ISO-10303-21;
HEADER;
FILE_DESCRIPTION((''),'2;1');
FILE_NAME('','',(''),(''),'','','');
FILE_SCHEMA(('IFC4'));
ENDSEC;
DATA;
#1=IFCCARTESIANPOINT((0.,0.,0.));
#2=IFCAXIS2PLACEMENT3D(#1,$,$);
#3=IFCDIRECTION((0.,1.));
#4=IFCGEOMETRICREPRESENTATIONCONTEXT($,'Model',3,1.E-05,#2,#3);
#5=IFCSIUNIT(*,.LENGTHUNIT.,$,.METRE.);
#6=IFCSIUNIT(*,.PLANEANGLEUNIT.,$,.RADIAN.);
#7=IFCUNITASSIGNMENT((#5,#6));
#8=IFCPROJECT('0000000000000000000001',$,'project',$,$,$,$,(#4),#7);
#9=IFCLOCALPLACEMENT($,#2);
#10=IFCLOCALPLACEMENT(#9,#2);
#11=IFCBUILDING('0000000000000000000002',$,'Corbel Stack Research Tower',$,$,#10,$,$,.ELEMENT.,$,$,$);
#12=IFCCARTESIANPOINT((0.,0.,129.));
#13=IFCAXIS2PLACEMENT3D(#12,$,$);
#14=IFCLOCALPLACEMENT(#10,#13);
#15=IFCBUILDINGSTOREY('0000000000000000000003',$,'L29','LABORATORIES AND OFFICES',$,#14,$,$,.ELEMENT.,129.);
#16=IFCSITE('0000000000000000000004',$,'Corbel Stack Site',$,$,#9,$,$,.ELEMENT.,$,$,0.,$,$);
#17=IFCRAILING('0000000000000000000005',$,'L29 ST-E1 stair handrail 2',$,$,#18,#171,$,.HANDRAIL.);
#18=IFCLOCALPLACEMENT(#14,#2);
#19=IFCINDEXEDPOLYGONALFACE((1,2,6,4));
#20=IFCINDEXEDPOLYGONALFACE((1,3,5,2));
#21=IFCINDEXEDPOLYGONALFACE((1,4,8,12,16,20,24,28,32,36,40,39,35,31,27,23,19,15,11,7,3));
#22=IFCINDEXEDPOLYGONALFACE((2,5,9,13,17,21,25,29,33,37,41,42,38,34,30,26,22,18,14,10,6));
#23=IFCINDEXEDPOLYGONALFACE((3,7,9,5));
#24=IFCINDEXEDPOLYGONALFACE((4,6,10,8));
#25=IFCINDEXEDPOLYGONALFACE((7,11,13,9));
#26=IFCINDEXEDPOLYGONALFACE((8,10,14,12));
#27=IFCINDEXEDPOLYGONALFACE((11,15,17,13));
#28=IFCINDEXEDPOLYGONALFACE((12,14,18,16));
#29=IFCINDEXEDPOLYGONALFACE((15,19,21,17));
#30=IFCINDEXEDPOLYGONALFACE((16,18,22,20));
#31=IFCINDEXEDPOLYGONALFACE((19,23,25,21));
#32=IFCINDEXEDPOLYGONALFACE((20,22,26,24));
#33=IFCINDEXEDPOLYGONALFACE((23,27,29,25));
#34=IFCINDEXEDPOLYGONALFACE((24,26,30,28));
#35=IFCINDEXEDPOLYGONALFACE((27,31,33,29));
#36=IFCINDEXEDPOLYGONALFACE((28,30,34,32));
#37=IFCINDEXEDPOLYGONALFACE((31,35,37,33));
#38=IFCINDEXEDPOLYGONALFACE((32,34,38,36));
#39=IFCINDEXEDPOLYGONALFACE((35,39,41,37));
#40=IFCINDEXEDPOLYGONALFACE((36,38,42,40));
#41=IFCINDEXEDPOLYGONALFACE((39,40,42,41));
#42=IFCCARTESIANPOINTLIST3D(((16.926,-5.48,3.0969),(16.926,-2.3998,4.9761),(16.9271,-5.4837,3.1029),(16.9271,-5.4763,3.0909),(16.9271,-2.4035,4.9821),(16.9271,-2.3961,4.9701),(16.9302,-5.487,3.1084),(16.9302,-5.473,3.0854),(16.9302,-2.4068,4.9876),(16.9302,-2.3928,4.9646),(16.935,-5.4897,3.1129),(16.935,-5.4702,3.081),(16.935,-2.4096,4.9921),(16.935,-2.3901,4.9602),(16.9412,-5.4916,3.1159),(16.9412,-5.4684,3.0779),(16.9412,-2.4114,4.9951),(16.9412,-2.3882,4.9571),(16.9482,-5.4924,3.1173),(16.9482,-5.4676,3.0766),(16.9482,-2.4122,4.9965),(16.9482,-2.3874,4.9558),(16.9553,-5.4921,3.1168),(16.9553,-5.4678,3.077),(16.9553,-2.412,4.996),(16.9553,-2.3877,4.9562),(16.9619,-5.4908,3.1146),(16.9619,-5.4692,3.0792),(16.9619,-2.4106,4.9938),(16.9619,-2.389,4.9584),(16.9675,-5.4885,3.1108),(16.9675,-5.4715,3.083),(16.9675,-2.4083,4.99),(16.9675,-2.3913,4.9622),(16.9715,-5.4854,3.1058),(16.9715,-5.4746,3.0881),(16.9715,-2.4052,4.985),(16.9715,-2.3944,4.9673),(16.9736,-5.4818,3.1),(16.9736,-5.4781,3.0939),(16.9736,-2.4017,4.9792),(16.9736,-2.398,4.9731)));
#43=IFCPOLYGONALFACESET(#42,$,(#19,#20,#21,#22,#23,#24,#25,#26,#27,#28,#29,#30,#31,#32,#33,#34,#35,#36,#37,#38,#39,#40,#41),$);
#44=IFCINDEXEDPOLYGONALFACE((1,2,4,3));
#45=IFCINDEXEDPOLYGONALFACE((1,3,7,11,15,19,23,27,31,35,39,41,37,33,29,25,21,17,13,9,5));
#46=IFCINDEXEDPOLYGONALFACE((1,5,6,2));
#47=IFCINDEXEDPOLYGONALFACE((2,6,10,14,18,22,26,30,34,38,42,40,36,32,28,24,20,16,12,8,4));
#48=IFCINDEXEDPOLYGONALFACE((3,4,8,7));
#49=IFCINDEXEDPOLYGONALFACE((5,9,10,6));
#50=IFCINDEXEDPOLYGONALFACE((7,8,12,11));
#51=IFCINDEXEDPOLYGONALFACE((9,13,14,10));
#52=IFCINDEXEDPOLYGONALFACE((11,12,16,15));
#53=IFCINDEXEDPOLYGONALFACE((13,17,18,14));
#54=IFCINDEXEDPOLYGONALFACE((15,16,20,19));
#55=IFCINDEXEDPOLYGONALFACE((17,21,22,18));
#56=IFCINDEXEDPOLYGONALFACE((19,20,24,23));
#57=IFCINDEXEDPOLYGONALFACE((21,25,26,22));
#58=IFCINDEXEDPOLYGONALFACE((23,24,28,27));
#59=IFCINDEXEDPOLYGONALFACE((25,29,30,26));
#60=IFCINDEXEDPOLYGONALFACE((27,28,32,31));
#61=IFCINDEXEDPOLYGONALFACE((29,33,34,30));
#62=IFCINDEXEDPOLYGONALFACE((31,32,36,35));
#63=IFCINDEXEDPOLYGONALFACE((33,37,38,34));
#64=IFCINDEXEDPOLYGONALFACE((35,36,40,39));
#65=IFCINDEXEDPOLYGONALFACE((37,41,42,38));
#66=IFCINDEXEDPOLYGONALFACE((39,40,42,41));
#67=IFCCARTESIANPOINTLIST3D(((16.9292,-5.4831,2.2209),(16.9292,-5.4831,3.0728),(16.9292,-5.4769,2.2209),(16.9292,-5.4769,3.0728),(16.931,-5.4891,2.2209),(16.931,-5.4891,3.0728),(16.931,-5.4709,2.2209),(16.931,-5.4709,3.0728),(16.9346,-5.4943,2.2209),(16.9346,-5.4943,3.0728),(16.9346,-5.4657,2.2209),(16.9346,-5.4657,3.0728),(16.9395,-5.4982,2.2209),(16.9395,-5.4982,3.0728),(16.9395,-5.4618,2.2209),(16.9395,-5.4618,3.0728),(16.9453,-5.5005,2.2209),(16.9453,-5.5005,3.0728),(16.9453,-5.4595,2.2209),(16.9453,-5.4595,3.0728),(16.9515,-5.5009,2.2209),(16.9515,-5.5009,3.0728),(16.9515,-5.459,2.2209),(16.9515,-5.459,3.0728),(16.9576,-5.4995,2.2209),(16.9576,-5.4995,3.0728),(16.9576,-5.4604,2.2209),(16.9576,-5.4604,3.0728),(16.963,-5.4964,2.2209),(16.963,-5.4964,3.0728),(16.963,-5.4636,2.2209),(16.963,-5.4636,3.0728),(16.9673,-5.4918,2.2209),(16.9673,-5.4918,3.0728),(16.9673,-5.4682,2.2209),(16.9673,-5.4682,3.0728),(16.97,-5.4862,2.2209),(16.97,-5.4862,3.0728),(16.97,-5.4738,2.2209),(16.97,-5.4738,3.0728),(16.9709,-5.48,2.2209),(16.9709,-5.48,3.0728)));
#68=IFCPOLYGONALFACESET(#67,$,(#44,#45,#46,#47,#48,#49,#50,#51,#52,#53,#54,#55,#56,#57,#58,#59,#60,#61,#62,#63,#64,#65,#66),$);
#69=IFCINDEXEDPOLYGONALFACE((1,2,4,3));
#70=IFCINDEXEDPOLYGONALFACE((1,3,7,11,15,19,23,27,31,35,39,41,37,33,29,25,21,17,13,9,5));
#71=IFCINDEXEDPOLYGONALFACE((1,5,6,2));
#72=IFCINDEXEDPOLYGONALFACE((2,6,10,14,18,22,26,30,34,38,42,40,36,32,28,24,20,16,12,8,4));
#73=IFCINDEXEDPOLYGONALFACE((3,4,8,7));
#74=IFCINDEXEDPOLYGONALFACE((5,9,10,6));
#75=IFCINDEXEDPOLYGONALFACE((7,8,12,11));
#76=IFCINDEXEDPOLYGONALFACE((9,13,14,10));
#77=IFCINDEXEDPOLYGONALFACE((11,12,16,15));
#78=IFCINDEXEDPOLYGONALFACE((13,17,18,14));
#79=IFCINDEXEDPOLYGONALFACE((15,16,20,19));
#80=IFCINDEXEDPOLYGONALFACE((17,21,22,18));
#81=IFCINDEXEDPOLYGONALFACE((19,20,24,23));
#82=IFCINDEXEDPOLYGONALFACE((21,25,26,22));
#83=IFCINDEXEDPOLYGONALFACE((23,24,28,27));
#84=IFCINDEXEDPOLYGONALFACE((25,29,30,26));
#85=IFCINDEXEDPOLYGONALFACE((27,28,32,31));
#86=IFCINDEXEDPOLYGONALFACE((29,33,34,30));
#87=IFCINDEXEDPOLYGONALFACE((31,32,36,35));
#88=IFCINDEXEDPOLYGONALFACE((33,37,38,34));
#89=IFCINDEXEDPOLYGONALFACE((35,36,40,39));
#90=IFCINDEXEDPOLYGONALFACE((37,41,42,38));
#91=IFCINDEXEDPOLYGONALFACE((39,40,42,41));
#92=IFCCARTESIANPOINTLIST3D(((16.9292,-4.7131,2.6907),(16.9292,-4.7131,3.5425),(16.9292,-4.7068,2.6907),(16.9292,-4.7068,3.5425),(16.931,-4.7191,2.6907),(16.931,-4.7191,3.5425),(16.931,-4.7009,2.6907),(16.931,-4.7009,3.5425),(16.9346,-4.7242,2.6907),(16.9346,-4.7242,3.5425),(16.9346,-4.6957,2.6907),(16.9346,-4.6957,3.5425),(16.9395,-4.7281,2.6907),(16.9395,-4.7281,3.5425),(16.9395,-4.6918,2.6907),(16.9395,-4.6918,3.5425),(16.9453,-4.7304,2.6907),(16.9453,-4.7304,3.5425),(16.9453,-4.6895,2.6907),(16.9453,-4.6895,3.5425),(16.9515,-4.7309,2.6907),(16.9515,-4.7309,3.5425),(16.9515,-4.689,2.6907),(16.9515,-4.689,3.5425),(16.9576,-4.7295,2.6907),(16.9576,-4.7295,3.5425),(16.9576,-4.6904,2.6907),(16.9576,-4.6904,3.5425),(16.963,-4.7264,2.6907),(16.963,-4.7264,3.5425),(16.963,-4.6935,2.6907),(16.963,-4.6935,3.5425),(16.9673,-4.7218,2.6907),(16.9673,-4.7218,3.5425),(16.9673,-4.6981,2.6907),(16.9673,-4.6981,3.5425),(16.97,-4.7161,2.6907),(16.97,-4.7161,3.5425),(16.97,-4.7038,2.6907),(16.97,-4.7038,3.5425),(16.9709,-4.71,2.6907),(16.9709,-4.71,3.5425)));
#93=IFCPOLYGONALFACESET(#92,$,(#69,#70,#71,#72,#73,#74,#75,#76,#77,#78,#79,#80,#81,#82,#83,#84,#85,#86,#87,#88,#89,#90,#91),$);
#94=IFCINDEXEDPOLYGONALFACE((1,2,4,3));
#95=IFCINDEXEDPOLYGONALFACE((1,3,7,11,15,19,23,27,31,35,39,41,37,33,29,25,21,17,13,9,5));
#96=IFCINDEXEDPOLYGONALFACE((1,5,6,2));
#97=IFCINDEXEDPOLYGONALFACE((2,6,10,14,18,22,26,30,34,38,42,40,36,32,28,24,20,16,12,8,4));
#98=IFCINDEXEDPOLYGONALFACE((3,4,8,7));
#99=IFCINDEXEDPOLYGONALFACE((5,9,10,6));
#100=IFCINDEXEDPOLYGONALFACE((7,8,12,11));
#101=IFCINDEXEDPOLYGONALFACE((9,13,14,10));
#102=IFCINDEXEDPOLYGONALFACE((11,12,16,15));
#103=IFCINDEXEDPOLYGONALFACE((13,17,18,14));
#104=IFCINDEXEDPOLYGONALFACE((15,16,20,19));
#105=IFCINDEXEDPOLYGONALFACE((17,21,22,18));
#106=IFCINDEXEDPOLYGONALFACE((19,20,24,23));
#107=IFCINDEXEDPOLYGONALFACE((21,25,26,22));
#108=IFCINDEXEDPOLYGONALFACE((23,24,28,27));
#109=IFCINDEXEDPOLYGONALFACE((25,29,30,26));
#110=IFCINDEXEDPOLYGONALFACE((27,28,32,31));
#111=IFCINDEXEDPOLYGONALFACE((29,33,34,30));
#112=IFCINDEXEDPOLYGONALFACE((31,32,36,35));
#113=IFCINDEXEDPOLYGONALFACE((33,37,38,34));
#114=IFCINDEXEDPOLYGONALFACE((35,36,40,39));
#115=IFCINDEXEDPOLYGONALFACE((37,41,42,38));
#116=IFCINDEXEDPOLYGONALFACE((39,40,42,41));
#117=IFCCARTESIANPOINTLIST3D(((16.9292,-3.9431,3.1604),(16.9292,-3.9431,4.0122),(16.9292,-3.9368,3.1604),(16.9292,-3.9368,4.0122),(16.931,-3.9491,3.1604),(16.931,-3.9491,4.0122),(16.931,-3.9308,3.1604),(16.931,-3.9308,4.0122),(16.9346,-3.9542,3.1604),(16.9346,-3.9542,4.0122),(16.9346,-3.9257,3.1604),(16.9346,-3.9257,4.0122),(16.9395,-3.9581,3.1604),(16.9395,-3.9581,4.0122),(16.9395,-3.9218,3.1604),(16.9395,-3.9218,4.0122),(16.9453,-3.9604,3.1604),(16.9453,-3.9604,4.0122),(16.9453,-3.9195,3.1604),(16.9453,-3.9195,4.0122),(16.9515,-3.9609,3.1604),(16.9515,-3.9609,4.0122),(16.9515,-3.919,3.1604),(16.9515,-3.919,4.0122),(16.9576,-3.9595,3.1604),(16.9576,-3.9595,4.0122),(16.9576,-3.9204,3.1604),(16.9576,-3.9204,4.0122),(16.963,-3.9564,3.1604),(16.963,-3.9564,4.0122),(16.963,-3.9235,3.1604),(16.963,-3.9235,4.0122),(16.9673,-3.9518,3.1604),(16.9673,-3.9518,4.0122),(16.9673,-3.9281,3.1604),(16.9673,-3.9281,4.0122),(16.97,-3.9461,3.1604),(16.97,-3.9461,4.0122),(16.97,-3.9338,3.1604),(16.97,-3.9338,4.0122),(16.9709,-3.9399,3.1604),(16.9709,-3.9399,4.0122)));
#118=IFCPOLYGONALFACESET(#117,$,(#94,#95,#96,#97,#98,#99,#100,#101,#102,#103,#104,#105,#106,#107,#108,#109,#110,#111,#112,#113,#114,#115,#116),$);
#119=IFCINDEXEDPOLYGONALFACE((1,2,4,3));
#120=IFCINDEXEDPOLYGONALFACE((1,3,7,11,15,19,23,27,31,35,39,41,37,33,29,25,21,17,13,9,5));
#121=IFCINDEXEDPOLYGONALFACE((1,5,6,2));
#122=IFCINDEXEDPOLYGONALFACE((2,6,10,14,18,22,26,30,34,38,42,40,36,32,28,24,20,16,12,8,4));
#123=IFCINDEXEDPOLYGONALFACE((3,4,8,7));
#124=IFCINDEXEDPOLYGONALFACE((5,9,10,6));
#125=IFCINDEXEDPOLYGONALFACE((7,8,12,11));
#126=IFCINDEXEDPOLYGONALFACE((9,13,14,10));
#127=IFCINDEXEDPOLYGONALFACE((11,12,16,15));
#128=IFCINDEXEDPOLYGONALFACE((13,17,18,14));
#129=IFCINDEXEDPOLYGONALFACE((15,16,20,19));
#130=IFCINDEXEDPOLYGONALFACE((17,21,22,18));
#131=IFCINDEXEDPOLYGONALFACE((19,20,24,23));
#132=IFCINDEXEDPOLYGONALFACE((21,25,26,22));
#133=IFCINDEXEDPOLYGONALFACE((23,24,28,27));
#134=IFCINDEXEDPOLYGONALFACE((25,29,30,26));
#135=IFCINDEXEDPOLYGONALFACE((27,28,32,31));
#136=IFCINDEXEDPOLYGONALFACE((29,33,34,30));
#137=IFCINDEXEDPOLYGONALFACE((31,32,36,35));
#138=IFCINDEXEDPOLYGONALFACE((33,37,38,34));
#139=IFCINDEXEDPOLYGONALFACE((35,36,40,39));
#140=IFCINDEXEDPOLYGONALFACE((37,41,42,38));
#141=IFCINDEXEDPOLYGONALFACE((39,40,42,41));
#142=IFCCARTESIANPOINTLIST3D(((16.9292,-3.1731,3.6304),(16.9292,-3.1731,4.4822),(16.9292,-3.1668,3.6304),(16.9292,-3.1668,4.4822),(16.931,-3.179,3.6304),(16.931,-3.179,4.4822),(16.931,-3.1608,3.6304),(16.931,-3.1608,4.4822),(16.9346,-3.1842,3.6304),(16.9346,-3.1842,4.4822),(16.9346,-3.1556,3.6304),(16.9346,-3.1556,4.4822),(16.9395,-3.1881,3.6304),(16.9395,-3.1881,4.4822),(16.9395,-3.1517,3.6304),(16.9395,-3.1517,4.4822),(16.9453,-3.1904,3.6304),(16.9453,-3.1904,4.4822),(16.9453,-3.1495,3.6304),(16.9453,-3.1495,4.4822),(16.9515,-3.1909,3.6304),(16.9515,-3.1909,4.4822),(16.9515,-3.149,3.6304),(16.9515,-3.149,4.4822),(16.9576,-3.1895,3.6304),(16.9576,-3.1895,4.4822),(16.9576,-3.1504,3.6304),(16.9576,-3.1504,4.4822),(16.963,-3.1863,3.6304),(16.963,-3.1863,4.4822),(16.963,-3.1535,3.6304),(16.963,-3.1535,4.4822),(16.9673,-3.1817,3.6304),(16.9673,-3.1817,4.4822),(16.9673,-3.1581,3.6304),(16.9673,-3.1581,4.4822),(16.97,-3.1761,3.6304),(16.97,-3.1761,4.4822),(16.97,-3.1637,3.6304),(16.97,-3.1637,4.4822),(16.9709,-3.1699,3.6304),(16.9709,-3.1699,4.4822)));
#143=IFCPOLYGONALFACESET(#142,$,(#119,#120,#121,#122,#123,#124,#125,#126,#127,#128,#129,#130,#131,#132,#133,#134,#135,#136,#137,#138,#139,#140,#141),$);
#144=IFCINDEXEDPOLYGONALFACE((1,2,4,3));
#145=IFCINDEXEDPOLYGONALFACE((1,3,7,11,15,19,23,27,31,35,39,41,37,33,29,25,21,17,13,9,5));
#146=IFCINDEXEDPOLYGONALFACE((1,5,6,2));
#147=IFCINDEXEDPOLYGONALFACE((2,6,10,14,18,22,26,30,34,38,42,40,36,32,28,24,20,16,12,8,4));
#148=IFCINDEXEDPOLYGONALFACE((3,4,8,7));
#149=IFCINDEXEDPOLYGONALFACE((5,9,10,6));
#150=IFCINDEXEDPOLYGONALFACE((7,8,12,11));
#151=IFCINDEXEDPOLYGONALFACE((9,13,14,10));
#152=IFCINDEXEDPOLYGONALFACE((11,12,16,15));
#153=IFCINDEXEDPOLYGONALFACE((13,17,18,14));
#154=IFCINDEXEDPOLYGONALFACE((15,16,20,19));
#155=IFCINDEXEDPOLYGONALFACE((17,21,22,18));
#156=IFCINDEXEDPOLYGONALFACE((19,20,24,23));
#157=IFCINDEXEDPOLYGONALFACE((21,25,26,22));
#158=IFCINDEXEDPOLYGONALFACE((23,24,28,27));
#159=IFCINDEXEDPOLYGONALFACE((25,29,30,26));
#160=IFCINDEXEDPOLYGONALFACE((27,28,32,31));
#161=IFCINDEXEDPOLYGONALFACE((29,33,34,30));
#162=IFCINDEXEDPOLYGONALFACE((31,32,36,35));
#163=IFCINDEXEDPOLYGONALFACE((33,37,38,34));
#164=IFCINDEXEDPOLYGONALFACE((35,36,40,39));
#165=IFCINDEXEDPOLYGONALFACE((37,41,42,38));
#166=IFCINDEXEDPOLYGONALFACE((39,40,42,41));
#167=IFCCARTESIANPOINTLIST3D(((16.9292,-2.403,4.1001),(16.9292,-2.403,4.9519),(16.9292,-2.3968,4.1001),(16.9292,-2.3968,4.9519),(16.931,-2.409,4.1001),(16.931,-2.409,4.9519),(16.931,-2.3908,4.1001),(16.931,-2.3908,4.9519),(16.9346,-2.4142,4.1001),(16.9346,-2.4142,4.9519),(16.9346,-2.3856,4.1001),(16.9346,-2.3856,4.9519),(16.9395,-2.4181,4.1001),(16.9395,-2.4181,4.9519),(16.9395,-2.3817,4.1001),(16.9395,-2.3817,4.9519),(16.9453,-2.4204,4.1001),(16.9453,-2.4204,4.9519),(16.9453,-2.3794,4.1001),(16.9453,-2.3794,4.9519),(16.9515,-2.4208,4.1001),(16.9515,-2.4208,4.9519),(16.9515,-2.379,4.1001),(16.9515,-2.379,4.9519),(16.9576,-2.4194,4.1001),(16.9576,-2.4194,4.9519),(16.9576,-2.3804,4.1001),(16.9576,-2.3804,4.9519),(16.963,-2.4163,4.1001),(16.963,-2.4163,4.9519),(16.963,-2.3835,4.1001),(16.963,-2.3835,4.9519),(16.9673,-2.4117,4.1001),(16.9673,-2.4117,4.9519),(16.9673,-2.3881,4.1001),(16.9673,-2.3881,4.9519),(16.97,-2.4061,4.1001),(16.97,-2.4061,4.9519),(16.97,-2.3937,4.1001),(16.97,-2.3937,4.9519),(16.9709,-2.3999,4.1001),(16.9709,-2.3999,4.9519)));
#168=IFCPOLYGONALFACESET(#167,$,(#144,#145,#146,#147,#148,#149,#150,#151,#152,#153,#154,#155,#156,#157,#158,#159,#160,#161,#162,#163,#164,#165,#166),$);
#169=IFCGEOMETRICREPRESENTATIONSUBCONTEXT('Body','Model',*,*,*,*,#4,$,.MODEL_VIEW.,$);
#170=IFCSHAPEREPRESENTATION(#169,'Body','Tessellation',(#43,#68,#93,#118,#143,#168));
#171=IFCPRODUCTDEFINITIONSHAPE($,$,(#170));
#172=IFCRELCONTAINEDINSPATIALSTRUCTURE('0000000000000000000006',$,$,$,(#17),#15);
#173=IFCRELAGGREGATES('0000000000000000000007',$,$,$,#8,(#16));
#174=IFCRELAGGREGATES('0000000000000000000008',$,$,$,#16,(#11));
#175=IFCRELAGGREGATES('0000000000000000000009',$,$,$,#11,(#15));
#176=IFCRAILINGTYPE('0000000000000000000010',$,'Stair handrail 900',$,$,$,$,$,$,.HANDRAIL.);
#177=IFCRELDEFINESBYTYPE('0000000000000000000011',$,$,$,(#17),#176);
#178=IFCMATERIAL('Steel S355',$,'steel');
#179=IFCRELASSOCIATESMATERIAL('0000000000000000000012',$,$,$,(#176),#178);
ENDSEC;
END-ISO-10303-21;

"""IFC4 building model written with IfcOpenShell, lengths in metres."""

from ifc_helpers import new_model, si_unit, direction, frame, origin, origin_2d, place, context, subcontext, project, spatial, circle, extrude, material, type_object, element, save


model = new_model("IFC4")

# Units and contexts
model_context = context("Model", 3, precision=1e-05, world=origin(), true_north=direction((0.0, 1.0)))
body_context = subcontext(model_context, "Body", "Model", "MODEL_VIEW")
ifc_project = project(units=[si_unit("LENGTHUNIT", "METRE"), si_unit("PLANEANGLEUNIT", "RADIAN")], contexts=[model_context])

# Site, building, storey
site_placement = place(None, origin())
site = spatial("IfcSite", under=ifc_project, at=site_placement, Name="Corbel Stack Site", CompositionType="ELEMENT", RefElevation=0.0)
building_placement = place(site_placement, origin())
building = spatial("IfcBuilding", under=site, at=building_placement, Name="Corbel Stack Research Tower", CompositionType="ELEMENT")
storey_placement = place(building_placement, frame((0.0, 0.0, 129.0)))
storey = spatial("IfcBuildingStorey", under=building, at=storey_placement, Name="L29", Description="LABORATORIES AND OFFICES", CompositionType="ELEMENT", Elevation=129.0)

# Railing
ifc_material_1 = material(Name="Steel S355", Category="steel")
railing_type_1 = type_object("IfcRailingType", Name="Stair handrail 900", PredefinedType="HANDRAIL", material=ifc_material_1)
railing_1_placement = place(storey_placement, frame((16.95, -5.48, 2.2209)))
element("IfcRailing", 1, at=railing_1_placement, inside=storey, type_object=railing_type_1, Name="L29 ST-E1 stair handrail 2", PredefinedType="HANDRAIL", context=body_context, shape_type="SweptSolid", body=[
    extrude(circle(Radius=0.0239, at=origin_2d()), frame((0.0, 0.0, 0.876), z_axis=(0.0, 0.853666, 0.52082), x_axis=(-1.0, 0.0, 0.0)), (0.0, 0.0, 1.0), 3.6082),
    extrude(circle(Radius=0.021, at=origin_2d()), origin(), (0.0, 0.0, 1.0), 0.8518),
    extrude(circle(Radius=0.021, at=origin_2d()), frame((0.0, 0.77, 0.4697)), (0.0, 0.0, 1.0), 0.8518),
    extrude(circle(Radius=0.021, at=origin_2d()), frame((0.0, 1.54, 0.9395)), (0.0, 0.0, 1.0), 0.8518),
    extrude(circle(Radius=0.021, at=origin_2d()), frame((0.0, 2.3101, 1.4094)), (0.0, 0.0, 1.0), 0.8518),
    extrude(circle(Radius=0.021, at=origin_2d()), frame((0.0, 3.0801, 1.8792)), (0.0, 0.0, 1.0), 0.8518),
])

save(model, "model.ifc")
